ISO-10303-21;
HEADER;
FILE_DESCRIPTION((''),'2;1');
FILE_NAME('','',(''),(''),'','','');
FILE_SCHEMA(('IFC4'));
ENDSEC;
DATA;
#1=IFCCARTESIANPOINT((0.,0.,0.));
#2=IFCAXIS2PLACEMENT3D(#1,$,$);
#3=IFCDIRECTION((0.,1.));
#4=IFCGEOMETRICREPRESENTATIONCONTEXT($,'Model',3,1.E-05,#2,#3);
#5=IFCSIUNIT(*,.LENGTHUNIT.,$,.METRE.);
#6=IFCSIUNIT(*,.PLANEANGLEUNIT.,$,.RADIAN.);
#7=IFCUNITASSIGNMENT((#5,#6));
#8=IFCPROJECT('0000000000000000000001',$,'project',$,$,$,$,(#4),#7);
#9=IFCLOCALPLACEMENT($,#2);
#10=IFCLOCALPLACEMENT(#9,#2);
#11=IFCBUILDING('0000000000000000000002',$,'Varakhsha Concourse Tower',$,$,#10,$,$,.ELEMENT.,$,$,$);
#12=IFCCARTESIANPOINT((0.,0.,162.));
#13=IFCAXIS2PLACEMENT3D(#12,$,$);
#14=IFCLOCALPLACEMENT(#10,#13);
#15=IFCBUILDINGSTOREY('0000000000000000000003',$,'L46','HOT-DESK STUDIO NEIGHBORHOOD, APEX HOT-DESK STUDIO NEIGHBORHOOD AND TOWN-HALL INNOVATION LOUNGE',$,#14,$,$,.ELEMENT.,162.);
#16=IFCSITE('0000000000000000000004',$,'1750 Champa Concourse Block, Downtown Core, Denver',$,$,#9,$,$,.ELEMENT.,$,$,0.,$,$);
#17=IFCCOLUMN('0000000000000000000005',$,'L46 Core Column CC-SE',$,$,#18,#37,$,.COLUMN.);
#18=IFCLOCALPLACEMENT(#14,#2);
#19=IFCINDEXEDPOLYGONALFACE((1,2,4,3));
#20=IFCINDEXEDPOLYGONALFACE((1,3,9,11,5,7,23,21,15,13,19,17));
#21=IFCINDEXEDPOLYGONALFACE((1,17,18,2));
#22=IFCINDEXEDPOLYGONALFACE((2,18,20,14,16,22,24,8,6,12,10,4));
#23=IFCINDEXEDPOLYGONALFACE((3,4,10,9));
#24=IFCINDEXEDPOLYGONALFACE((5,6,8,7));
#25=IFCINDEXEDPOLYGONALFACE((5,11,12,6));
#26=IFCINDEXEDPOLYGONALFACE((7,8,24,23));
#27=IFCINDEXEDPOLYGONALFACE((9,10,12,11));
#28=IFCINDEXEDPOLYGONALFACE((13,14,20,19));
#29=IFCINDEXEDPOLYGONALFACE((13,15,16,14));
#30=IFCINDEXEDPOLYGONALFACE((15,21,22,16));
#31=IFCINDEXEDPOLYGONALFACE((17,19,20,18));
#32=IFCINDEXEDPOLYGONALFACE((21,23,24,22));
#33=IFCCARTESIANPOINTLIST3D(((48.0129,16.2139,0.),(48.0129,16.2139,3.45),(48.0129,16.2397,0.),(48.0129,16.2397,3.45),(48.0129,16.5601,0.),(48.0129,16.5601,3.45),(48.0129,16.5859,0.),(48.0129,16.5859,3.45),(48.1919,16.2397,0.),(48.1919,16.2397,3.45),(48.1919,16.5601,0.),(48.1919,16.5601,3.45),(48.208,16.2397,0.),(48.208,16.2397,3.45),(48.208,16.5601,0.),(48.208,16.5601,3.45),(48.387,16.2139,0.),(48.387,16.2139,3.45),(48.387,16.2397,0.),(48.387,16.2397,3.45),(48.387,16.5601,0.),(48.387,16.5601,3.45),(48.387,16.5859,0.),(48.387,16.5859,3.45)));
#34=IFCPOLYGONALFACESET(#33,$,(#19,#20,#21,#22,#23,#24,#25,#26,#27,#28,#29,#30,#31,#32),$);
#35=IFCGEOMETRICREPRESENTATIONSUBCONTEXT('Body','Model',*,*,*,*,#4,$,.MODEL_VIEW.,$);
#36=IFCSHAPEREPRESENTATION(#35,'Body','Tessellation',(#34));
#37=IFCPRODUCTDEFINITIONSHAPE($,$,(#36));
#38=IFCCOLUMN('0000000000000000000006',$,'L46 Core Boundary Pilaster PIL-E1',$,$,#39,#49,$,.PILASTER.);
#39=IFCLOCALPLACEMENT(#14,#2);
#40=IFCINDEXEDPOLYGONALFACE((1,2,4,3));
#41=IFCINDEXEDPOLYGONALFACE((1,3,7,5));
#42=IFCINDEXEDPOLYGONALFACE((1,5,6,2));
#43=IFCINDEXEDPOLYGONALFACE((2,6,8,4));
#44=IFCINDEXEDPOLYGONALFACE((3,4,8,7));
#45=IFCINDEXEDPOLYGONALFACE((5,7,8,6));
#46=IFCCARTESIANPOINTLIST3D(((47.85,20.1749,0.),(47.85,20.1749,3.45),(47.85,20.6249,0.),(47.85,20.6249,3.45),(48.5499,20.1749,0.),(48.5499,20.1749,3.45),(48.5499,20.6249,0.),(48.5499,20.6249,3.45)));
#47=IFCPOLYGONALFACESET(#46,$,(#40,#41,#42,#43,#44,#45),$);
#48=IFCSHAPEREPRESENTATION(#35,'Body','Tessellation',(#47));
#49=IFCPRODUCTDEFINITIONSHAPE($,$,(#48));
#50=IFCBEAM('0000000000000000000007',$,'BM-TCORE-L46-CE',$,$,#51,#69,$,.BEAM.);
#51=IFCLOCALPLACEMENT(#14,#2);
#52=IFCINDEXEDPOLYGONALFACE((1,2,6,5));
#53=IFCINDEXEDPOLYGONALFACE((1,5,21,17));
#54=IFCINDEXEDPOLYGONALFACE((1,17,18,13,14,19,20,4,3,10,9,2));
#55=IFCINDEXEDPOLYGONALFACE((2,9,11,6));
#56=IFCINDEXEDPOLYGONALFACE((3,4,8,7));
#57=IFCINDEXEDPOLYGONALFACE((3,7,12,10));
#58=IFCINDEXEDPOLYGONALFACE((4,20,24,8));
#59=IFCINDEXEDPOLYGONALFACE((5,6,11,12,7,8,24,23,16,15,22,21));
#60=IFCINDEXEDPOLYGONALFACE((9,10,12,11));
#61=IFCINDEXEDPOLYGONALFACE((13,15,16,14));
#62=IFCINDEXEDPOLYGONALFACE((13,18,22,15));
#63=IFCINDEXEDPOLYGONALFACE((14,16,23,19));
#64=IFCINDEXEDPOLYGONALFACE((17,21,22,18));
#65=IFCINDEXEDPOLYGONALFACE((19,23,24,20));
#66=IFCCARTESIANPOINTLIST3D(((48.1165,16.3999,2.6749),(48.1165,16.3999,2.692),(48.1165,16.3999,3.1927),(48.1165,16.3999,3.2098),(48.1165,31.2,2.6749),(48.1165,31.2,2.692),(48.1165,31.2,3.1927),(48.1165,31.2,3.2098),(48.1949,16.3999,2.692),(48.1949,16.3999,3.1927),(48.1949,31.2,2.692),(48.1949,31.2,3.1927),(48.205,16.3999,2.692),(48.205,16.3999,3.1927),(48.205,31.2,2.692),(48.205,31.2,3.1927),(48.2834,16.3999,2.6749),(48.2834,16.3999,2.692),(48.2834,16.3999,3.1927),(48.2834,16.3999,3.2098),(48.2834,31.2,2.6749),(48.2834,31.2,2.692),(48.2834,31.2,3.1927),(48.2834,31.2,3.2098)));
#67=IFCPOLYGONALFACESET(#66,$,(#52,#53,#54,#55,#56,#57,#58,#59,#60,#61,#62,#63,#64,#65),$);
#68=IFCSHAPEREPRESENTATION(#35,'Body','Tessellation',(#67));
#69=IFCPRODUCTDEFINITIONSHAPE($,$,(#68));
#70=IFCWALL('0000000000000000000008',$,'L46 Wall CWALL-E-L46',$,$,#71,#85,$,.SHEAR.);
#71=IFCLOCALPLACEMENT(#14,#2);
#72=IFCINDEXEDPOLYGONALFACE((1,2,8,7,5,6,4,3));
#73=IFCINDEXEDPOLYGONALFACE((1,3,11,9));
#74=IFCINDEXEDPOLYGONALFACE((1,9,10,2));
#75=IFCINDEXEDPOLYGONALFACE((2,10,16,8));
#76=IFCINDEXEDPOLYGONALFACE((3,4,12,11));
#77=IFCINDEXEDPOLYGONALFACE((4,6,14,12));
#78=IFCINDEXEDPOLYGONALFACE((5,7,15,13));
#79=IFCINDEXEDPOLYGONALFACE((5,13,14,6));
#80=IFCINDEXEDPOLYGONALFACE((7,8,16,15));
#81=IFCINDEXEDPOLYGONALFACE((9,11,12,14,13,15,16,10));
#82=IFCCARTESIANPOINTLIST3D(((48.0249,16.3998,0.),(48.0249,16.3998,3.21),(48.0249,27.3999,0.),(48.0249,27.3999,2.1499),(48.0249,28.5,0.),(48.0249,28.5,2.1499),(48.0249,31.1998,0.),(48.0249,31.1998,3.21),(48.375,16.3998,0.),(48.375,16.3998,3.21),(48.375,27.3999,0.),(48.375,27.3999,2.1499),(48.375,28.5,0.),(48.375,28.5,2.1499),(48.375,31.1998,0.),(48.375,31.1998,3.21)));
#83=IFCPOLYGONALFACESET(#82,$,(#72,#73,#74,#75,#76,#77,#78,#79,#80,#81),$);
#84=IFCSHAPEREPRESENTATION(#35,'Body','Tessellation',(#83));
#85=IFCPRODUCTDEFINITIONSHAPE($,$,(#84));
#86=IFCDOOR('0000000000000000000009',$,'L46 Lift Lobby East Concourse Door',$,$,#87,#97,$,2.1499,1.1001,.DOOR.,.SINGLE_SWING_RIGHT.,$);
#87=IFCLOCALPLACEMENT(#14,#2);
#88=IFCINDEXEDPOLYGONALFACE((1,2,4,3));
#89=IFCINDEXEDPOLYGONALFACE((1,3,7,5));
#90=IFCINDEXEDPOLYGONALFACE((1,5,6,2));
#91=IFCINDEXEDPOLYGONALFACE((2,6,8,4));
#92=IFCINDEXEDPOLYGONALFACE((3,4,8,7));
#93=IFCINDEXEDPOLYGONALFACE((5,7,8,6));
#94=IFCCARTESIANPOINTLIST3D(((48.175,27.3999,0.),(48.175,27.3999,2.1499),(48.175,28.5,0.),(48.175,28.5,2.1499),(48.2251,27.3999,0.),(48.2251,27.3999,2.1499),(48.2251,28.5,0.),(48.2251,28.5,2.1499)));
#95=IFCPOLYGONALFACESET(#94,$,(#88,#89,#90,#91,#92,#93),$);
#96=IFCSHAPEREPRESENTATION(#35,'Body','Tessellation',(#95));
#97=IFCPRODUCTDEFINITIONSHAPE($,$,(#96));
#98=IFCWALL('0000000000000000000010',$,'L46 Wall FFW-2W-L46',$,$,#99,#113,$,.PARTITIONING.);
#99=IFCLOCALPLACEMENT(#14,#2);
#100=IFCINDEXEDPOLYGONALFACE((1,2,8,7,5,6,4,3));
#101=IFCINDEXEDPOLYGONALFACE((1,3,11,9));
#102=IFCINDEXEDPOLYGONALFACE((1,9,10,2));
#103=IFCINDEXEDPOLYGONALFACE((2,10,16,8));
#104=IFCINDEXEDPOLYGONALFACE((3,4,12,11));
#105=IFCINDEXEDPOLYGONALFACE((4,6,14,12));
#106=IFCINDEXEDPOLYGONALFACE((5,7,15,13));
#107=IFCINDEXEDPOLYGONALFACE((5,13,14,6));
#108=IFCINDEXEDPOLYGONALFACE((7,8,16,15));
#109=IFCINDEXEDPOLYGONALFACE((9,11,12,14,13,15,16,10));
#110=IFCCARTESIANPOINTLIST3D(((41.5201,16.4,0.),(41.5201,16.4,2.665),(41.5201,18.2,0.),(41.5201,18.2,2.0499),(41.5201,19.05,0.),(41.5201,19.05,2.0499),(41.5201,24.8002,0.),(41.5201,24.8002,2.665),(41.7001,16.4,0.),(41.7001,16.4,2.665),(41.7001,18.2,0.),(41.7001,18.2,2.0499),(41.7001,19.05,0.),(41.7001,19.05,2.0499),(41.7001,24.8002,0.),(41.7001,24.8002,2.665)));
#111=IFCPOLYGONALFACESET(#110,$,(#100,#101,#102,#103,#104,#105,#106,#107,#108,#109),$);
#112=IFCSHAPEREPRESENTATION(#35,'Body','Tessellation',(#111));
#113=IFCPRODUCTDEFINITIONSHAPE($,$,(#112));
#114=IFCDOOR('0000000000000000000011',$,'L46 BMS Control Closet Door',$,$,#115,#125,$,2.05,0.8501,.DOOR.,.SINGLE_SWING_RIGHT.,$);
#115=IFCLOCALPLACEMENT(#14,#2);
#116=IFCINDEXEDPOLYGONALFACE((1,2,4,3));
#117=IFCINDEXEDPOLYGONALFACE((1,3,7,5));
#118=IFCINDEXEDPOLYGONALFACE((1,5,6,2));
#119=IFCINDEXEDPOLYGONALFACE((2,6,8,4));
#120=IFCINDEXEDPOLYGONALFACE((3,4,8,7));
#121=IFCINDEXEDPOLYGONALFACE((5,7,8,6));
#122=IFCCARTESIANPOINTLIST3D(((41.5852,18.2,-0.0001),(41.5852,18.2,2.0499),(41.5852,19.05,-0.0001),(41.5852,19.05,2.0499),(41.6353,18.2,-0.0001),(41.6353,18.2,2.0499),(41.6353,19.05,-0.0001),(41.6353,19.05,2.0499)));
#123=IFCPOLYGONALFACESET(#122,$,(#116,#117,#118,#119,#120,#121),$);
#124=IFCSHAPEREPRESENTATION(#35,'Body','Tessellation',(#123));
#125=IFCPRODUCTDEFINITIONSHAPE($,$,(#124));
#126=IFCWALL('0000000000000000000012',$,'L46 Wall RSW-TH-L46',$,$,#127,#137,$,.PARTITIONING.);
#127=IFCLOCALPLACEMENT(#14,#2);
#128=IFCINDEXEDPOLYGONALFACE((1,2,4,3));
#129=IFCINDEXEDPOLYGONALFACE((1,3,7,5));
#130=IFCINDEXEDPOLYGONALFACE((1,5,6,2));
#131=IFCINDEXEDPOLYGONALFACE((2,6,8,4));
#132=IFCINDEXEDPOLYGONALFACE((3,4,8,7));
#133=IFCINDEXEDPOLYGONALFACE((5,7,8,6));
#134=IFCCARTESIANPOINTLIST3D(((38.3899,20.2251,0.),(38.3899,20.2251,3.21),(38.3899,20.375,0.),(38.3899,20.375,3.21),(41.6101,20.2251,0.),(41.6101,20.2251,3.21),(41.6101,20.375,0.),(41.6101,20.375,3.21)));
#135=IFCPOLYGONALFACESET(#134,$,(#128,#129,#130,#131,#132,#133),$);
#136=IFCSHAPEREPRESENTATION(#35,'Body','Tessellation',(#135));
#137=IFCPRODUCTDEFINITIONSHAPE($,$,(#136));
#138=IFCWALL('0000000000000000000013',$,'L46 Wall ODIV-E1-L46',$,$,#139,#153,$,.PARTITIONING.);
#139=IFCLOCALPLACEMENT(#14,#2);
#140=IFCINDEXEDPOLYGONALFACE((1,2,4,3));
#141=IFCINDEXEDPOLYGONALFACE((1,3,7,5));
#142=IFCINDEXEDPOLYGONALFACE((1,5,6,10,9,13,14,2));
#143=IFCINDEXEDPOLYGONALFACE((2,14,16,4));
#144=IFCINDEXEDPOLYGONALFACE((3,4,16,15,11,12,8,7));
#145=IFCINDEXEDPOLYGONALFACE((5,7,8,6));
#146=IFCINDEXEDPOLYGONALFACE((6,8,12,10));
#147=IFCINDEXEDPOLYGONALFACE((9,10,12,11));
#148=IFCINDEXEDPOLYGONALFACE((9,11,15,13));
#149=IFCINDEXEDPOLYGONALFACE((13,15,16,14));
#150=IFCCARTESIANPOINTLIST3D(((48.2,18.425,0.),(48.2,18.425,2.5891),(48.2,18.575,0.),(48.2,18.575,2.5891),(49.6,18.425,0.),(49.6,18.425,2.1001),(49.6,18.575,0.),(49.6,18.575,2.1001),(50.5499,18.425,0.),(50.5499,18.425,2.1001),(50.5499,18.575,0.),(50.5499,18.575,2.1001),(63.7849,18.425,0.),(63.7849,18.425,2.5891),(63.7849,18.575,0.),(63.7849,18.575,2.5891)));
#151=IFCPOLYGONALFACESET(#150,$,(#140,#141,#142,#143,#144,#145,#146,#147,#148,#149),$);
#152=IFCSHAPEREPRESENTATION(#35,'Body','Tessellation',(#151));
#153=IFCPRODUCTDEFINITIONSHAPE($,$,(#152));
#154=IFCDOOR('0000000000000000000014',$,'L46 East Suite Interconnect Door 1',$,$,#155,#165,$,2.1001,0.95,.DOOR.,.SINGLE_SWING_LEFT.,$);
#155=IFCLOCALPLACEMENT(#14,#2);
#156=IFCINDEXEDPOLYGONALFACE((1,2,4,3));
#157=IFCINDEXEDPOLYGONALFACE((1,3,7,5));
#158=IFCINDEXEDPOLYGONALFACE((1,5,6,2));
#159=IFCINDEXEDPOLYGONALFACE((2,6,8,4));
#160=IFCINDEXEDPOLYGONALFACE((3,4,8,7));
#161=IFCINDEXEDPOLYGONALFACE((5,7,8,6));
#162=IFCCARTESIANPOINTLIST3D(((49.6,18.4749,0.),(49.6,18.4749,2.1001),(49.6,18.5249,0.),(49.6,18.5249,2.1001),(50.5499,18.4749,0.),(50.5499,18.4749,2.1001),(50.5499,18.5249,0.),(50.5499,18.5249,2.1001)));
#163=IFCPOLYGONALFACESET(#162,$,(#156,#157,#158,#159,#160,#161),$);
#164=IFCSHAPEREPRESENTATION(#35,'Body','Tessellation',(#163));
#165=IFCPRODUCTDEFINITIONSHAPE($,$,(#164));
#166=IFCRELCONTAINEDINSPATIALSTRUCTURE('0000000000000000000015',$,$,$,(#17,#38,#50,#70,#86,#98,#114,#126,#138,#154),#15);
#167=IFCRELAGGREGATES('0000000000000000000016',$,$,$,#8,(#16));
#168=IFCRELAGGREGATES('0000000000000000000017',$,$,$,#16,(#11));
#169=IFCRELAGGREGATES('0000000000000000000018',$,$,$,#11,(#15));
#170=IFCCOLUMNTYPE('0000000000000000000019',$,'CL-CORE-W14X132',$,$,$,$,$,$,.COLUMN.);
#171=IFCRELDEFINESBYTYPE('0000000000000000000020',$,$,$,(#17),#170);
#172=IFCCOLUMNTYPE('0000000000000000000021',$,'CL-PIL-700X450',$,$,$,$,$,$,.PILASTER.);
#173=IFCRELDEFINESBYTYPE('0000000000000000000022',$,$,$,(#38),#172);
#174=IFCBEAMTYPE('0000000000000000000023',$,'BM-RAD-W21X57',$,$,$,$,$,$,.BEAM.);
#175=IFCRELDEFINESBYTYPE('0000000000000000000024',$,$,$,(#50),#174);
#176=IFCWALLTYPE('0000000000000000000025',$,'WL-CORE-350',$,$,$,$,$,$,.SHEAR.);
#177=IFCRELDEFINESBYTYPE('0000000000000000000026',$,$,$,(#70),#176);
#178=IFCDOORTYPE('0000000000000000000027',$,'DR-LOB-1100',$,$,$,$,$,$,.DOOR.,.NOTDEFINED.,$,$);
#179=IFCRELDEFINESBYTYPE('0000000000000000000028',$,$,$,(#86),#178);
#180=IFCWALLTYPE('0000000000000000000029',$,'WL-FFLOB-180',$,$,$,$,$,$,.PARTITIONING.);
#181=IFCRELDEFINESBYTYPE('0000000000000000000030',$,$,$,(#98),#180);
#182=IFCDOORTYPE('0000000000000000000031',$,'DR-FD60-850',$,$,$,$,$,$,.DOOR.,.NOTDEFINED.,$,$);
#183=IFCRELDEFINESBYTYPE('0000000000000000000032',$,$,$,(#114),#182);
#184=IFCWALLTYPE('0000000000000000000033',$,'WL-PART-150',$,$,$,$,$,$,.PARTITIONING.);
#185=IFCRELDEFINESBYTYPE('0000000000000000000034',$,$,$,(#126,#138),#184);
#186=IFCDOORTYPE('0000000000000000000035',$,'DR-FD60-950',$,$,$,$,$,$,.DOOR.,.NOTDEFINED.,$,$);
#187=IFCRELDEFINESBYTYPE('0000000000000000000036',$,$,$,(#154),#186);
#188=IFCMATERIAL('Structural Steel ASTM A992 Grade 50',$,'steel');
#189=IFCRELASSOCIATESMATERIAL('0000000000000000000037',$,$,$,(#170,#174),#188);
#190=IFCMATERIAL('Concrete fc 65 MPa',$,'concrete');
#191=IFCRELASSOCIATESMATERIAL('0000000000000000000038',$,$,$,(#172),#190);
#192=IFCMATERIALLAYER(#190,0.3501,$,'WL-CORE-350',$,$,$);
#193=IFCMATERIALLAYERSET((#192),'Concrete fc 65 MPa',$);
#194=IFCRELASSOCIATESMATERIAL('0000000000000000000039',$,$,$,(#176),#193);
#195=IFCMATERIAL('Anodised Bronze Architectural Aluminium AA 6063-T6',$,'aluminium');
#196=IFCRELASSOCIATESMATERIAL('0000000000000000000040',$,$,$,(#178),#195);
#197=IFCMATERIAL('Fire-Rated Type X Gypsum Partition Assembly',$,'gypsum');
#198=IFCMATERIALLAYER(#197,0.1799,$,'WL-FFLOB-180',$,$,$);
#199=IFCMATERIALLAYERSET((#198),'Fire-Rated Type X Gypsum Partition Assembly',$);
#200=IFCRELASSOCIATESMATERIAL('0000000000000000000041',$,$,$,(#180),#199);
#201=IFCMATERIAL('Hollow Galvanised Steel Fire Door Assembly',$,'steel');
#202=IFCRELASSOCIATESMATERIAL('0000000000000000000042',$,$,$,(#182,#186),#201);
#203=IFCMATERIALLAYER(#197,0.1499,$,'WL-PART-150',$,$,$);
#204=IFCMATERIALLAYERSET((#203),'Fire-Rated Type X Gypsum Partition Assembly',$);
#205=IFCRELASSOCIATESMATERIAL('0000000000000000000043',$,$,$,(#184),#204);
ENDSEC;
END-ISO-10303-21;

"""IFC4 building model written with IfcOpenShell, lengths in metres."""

from ifc_helpers import new_model, si_unit, direction, frame, frame_2d, origin, origin_2d, place, context, subcontext, project, spatial, rectangle, i_section, extrude, material, layer, layer_set, material_profile, profile_set, type_object, element, fill, save


model = new_model("IFC4")

# Units and contexts
model_context = context("Model", 3, precision=1e-05, world=origin(), true_north=direction((0.0, 1.0)))
body_context = subcontext(model_context, "Body", "Model", "MODEL_VIEW")
ifc_project = project(units=[si_unit("LENGTHUNIT", "METRE"), si_unit("PLANEANGLEUNIT", "RADIAN")], contexts=[model_context])

# Site, building, storey
site_placement = place(None, origin())
site = spatial("IfcSite", under=ifc_project, at=site_placement, Name="1750 Champa Concourse Block, Downtown Core, Denver", CompositionType="ELEMENT", RefElevation=0.0)
building_placement = place(site_placement, origin())
building = spatial("IfcBuilding", under=site, at=building_placement, Name="Varakhsha Concourse Tower", CompositionType="ELEMENT")
storey_placement = place(building_placement, frame((0.0, 0.0, 162.0)))
storey = spatial("IfcBuildingStorey", under=building, at=storey_placement, Name="L46", Description="HOT-DESK STUDIO NEIGHBORHOOD, APEX HOT-DESK STUDIO NEIGHBORHOOD AND TOWN-HALL INNOVATION LOUNGE", CompositionType="ELEMENT", Elevation=162.0)

# Columns
ifc_material_1 = material(Name="Structural Steel ASTM A992 Grade 50", Category="steel")
ifc_material_profile_1 = material_profile(ifc_material_1, i_section(OverallWidth=0.374, OverallDepth=0.3721, WebThickness=0.0161, FlangeThickness=0.0259, at=origin_2d()), Name="W14X132")
ifc_profile_set_1 = profile_set([ifc_material_profile_1], Name="Structural Steel ASTM A992 Grade 50")
column_type_1 = type_object("IfcColumnType", Name="CL-CORE-W14X132", PredefinedType="COLUMN", material=ifc_profile_set_1)
column_1_placement = place(storey_placement, frame((48.2, 16.3999, 0.0), z_axis=(0.0, 0.0, 1.0), x_axis=(1.0, 0.0, 0.0)))
element("IfcColumn", 1, at=column_1_placement, inside=storey, type_object=column_type_1, Name="L46 Core Column CC-SE", PredefinedType="COLUMN", context=body_context, shape_type="SweptSolid", body=[
    extrude(i_section(OverallWidth=0.374, OverallDepth=0.3721, WebThickness=0.0161, FlangeThickness=0.0259, at=origin_2d()), origin(), (0.0, 0.0, 1.0), 3.45),
])
ifc_material_2 = material(Name="Concrete fc 65 MPa", Category="concrete")
ifc_material_profile_2 = material_profile(ifc_material_2, rectangle(XDim=0.7, YDim=0.45, at=origin_2d()), Name="RC 700x450")
ifc_profile_set_2 = profile_set([ifc_material_profile_2], Name="Concrete fc 65 MPa")
column_type_2 = type_object("IfcColumnType", Name="CL-PIL-700X450", PredefinedType="PILASTER", material=ifc_profile_set_2)
column_2_placement = place(storey_placement, frame((48.2, 20.3999, 0.0), z_axis=(0.0, 0.0, 1.0), x_axis=(1.0, 0.0, 0.0)))
element("IfcColumn", 2, at=column_2_placement, inside=storey, type_object=column_type_2, Name="L46 Core Boundary Pilaster PIL-E1", PredefinedType="PILASTER", context=body_context, shape_type="SweptSolid", body=[
    extrude(rectangle(XDim=0.7, YDim=0.45, at=origin_2d()), origin(), (0.0, 0.0, 1.0), 3.45),
])

# Beam
ifc_material_profile_3 = material_profile(ifc_material_1, i_section(OverallWidth=0.167, OverallDepth=0.5349, WebThickness=0.01, FlangeThickness=0.0171, at=origin_2d()), Name="W21X57")
ifc_profile_set_3 = profile_set([ifc_material_profile_3], Name="Structural Steel ASTM A992 Grade 50")
beam_type = type_object("IfcBeamType", Name="BM-RAD-W21X57", PredefinedType="BEAM", material=ifc_profile_set_3)
beam_placement = place(storey_placement, frame((48.2, 16.3999, 2.9424), z_axis=(0.0, 1.0, 0.0), x_axis=(-1.0, 0.0, 0.0)))
element("IfcBeam", 3, at=beam_placement, inside=storey, type_object=beam_type, Name="BM-TCORE-L46-CE", PredefinedType="BEAM", context=body_context, shape_type="SweptSolid", body=[
    extrude(i_section(OverallWidth=0.167, OverallDepth=0.5349, WebThickness=0.01, FlangeThickness=0.0171, at=origin_2d()), origin(), (0.0, 0.0, 1.0), 14.8),
])

# Walls, openings, doors
ifc_layer_1 = layer(ifc_material_2, 0.3501, Name="WL-CORE-350")
ifc_layer_set_1 = layer_set([ifc_layer_1], Name="Concrete fc 65 MPa")
wall_type_1 = type_object("IfcWallType", Name="WL-CORE-350", PredefinedType="SHEAR", material=ifc_layer_set_1)
wall_1_placement = place(storey_placement, frame((48.2, 16.3999, 0.0), z_axis=(0.0, 0.0, 1.0), x_axis=(0.0, 1.0, 0.0)))
wall_1 = element("IfcWall", 4, at=wall_1_placement, inside=storey, type_object=wall_type_1, Name="L46 Wall CWALL-E-L46", PredefinedType="SHEAR", context=body_context, shape_type="SweptSolid", body=[
    extrude(rectangle(XDim=14.8, YDim=0.3501, at=frame_2d((7.3999, 0.0))), origin(), (0.0, 0.0, 1.0), 3.21),
])
opening_1_placement = place(wall_1_placement, frame((11.0, 0.0, 0.0)))
opening_1 = element("IfcOpeningElement", 5, at=opening_1_placement, cuts=wall_1, PredefinedType="OPENING", context=body_context, shape_type="SweptSolid", body=[
    extrude(rectangle(XDim=1.1001, YDim=2.1499, at=frame_2d((0.55, 1.075))), frame((0.0, 0.1851, 0.0), z_axis=(0.0, -1.0, 0.0), x_axis=(1.0, 0.0, 0.0)), (0.0, 0.0, 1.0), 0.3701),
])
ifc_material_3 = material(Name="Anodised Bronze Architectural Aluminium AA 6063-T6", Category="aluminium")
door_type_1 = type_object("IfcDoorType", Name="DR-LOB-1100", OperationType="NOTDEFINED", PredefinedType="DOOR", material=ifc_material_3)
door_1_placement = place(opening_1_placement, origin())
door_1 = element("IfcDoor", 6, at=door_1_placement, inside=storey, type_object=door_type_1, Name="L46 Lift Lobby East Concourse Door", OperationType="SINGLE_SWING_RIGHT", OverallHeight=2.1499, OverallWidth=1.1001, PredefinedType="DOOR", context=body_context, shape_type="SweptSolid", body=[
    extrude(rectangle(XDim=1.1001, YDim=2.1499, at=frame_2d((0.55, 1.075))), frame((0.0, 0.0249, 0.0), z_axis=(0.0, -1.0, 0.0), x_axis=(1.0, 0.0, 0.0)), (0.0, 0.0, 1.0), 0.05),
])
fill(opening_1, door_1)
ifc_material_4 = material(Name="Fire-Rated Type X Gypsum Partition Assembly", Category="gypsum")
ifc_layer_2 = layer(ifc_material_4, 0.1799, Name="WL-FFLOB-180")
ifc_layer_set_2 = layer_set([ifc_layer_2], Name="Fire-Rated Type X Gypsum Partition Assembly")
wall_type_2 = type_object("IfcWallType", Name="WL-FFLOB-180", PredefinedType="PARTITIONING", material=ifc_layer_set_2)
wall_2_placement = place(storey_placement, frame((41.6101, 16.3999, 0.0), z_axis=(0.0, 0.0, 1.0), x_axis=(0.0, 1.0, 0.0)))
wall_2 = element("IfcWall", 7, at=wall_2_placement, inside=storey, type_object=wall_type_2, Name="L46 Wall FFW-2W-L46", PredefinedType="PARTITIONING", context=body_context, shape_type="SweptSolid", body=[
    extrude(rectangle(XDim=8.4001, YDim=0.1799, at=frame_2d((4.2002, 0.0))), origin(), (0.0, 0.0, 1.0), 2.665),
])
opening_2_placement = place(wall_2_placement, frame((1.8, 0.0, 0.0)))
opening_2 = element("IfcOpeningElement", 8, at=opening_2_placement, cuts=wall_2, PredefinedType="OPENING", context=body_context, shape_type="SweptSolid", body=[
    extrude(rectangle(XDim=0.8501, YDim=2.05, at=frame_2d((0.425, 1.0249))), frame((0.0, 0.0999, 0.0), z_axis=(0.0, -1.0, 0.0), x_axis=(1.0, 0.0, 0.0)), (0.0, 0.0, 1.0), 0.2),
])
ifc_material_5 = material(Name="Hollow Galvanised Steel Fire Door Assembly", Category="steel")
door_type_2 = type_object("IfcDoorType", Name="DR-FD60-850", OperationType="NOTDEFINED", PredefinedType="DOOR", material=ifc_material_5)
door_2_placement = place(opening_2_placement, origin())
door_2 = element("IfcDoor", 9, at=door_2_placement, inside=storey, type_object=door_type_2, Name="L46 BMS Control Closet Door", OperationType="SINGLE_SWING_RIGHT", OverallHeight=2.05, OverallWidth=0.8501, PredefinedType="DOOR", context=body_context, shape_type="SweptSolid", body=[
    extrude(rectangle(XDim=0.8501, YDim=2.05, at=frame_2d((0.425, 1.0249))), frame((0.0, 0.0249, 0.0), z_axis=(0.0, -1.0, 0.0), x_axis=(1.0, 0.0, 0.0)), (0.0, 0.0, 1.0), 0.05),
])
fill(opening_2, door_2)

# Wall
ifc_layer_3 = layer(ifc_material_4, 0.1499, Name="WL-PART-150")
ifc_layer_set_3 = layer_set([ifc_layer_3], Name="Fire-Rated Type X Gypsum Partition Assembly")
wall_type_3 = type_object("IfcWallType", Name="WL-PART-150", PredefinedType="PARTITIONING", material=ifc_layer_set_3)
wall_3_placement = place(storey_placement, frame((38.3899, 20.3, 0.0), z_axis=(0.0, 0.0, 1.0), x_axis=(1.0, 0.0, 0.0)))
element("IfcWall", 10, at=wall_3_placement, inside=storey, type_object=wall_type_3, Name="L46 Wall RSW-TH-L46", PredefinedType="PARTITIONING", context=body_context, shape_type="SweptSolid", body=[
    extrude(rectangle(XDim=3.2202, YDim=0.1499, at=frame_2d((1.6101, 0.0))), origin(), (0.0, 0.0, 1.0), 3.21),
])

# Wall, opening, door
wall_4_placement = place(storey_placement, frame((48.2, 18.5, 0.0), z_axis=(0.0, 0.0, 1.0), x_axis=(1.0, 0.0, 0.0)))
wall_4 = element("IfcWall", 11, at=wall_4_placement, inside=storey, type_object=wall_type_3, Name="L46 Wall ODIV-E1-L46", PredefinedType="PARTITIONING", context=body_context, shape_type="SweptSolid", body=[
    extrude(rectangle(XDim=15.585, YDim=0.1499, at=frame_2d((7.7925, 0.0))), origin(), (0.0, 0.0, 1.0), 2.5891),
])
opening_3_placement = place(wall_4_placement, frame((1.3999, 0.0, 0.0)))
opening_3 = element("IfcOpeningElement", 12, at=opening_3_placement, cuts=wall_4, PredefinedType="OPENING", context=body_context, shape_type="SweptSolid", body=[
    extrude(rectangle(XDim=0.95, YDim=2.1001, at=frame_2d((0.4751, 1.05))), frame((0.0, 0.085, 0.0), z_axis=(0.0, -1.0, 0.0), x_axis=(1.0, 0.0, 0.0)), (0.0, 0.0, 1.0), 0.1699),
])
door_type_3 = type_object("IfcDoorType", Name="DR-FD60-950", OperationType="NOTDEFINED", PredefinedType="DOOR", material=ifc_material_5)
door_3_placement = place(opening_3_placement, origin())
door_3 = element("IfcDoor", 13, at=door_3_placement, inside=storey, type_object=door_type_3, Name="L46 East Suite Interconnect Door 1", OperationType="SINGLE_SWING_LEFT", OverallHeight=2.1001, OverallWidth=0.95, PredefinedType="DOOR", context=body_context, shape_type="SweptSolid", body=[
    extrude(rectangle(XDim=0.95, YDim=2.1001, at=frame_2d((0.4751, 1.05))), frame((0.0, 0.0249, 0.0), z_axis=(0.0, -1.0, 0.0), x_axis=(1.0, 0.0, 0.0)), (0.0, 0.0, 1.0), 0.05),
])
fill(opening_3, door_3)

save(model, "model.ifc")
